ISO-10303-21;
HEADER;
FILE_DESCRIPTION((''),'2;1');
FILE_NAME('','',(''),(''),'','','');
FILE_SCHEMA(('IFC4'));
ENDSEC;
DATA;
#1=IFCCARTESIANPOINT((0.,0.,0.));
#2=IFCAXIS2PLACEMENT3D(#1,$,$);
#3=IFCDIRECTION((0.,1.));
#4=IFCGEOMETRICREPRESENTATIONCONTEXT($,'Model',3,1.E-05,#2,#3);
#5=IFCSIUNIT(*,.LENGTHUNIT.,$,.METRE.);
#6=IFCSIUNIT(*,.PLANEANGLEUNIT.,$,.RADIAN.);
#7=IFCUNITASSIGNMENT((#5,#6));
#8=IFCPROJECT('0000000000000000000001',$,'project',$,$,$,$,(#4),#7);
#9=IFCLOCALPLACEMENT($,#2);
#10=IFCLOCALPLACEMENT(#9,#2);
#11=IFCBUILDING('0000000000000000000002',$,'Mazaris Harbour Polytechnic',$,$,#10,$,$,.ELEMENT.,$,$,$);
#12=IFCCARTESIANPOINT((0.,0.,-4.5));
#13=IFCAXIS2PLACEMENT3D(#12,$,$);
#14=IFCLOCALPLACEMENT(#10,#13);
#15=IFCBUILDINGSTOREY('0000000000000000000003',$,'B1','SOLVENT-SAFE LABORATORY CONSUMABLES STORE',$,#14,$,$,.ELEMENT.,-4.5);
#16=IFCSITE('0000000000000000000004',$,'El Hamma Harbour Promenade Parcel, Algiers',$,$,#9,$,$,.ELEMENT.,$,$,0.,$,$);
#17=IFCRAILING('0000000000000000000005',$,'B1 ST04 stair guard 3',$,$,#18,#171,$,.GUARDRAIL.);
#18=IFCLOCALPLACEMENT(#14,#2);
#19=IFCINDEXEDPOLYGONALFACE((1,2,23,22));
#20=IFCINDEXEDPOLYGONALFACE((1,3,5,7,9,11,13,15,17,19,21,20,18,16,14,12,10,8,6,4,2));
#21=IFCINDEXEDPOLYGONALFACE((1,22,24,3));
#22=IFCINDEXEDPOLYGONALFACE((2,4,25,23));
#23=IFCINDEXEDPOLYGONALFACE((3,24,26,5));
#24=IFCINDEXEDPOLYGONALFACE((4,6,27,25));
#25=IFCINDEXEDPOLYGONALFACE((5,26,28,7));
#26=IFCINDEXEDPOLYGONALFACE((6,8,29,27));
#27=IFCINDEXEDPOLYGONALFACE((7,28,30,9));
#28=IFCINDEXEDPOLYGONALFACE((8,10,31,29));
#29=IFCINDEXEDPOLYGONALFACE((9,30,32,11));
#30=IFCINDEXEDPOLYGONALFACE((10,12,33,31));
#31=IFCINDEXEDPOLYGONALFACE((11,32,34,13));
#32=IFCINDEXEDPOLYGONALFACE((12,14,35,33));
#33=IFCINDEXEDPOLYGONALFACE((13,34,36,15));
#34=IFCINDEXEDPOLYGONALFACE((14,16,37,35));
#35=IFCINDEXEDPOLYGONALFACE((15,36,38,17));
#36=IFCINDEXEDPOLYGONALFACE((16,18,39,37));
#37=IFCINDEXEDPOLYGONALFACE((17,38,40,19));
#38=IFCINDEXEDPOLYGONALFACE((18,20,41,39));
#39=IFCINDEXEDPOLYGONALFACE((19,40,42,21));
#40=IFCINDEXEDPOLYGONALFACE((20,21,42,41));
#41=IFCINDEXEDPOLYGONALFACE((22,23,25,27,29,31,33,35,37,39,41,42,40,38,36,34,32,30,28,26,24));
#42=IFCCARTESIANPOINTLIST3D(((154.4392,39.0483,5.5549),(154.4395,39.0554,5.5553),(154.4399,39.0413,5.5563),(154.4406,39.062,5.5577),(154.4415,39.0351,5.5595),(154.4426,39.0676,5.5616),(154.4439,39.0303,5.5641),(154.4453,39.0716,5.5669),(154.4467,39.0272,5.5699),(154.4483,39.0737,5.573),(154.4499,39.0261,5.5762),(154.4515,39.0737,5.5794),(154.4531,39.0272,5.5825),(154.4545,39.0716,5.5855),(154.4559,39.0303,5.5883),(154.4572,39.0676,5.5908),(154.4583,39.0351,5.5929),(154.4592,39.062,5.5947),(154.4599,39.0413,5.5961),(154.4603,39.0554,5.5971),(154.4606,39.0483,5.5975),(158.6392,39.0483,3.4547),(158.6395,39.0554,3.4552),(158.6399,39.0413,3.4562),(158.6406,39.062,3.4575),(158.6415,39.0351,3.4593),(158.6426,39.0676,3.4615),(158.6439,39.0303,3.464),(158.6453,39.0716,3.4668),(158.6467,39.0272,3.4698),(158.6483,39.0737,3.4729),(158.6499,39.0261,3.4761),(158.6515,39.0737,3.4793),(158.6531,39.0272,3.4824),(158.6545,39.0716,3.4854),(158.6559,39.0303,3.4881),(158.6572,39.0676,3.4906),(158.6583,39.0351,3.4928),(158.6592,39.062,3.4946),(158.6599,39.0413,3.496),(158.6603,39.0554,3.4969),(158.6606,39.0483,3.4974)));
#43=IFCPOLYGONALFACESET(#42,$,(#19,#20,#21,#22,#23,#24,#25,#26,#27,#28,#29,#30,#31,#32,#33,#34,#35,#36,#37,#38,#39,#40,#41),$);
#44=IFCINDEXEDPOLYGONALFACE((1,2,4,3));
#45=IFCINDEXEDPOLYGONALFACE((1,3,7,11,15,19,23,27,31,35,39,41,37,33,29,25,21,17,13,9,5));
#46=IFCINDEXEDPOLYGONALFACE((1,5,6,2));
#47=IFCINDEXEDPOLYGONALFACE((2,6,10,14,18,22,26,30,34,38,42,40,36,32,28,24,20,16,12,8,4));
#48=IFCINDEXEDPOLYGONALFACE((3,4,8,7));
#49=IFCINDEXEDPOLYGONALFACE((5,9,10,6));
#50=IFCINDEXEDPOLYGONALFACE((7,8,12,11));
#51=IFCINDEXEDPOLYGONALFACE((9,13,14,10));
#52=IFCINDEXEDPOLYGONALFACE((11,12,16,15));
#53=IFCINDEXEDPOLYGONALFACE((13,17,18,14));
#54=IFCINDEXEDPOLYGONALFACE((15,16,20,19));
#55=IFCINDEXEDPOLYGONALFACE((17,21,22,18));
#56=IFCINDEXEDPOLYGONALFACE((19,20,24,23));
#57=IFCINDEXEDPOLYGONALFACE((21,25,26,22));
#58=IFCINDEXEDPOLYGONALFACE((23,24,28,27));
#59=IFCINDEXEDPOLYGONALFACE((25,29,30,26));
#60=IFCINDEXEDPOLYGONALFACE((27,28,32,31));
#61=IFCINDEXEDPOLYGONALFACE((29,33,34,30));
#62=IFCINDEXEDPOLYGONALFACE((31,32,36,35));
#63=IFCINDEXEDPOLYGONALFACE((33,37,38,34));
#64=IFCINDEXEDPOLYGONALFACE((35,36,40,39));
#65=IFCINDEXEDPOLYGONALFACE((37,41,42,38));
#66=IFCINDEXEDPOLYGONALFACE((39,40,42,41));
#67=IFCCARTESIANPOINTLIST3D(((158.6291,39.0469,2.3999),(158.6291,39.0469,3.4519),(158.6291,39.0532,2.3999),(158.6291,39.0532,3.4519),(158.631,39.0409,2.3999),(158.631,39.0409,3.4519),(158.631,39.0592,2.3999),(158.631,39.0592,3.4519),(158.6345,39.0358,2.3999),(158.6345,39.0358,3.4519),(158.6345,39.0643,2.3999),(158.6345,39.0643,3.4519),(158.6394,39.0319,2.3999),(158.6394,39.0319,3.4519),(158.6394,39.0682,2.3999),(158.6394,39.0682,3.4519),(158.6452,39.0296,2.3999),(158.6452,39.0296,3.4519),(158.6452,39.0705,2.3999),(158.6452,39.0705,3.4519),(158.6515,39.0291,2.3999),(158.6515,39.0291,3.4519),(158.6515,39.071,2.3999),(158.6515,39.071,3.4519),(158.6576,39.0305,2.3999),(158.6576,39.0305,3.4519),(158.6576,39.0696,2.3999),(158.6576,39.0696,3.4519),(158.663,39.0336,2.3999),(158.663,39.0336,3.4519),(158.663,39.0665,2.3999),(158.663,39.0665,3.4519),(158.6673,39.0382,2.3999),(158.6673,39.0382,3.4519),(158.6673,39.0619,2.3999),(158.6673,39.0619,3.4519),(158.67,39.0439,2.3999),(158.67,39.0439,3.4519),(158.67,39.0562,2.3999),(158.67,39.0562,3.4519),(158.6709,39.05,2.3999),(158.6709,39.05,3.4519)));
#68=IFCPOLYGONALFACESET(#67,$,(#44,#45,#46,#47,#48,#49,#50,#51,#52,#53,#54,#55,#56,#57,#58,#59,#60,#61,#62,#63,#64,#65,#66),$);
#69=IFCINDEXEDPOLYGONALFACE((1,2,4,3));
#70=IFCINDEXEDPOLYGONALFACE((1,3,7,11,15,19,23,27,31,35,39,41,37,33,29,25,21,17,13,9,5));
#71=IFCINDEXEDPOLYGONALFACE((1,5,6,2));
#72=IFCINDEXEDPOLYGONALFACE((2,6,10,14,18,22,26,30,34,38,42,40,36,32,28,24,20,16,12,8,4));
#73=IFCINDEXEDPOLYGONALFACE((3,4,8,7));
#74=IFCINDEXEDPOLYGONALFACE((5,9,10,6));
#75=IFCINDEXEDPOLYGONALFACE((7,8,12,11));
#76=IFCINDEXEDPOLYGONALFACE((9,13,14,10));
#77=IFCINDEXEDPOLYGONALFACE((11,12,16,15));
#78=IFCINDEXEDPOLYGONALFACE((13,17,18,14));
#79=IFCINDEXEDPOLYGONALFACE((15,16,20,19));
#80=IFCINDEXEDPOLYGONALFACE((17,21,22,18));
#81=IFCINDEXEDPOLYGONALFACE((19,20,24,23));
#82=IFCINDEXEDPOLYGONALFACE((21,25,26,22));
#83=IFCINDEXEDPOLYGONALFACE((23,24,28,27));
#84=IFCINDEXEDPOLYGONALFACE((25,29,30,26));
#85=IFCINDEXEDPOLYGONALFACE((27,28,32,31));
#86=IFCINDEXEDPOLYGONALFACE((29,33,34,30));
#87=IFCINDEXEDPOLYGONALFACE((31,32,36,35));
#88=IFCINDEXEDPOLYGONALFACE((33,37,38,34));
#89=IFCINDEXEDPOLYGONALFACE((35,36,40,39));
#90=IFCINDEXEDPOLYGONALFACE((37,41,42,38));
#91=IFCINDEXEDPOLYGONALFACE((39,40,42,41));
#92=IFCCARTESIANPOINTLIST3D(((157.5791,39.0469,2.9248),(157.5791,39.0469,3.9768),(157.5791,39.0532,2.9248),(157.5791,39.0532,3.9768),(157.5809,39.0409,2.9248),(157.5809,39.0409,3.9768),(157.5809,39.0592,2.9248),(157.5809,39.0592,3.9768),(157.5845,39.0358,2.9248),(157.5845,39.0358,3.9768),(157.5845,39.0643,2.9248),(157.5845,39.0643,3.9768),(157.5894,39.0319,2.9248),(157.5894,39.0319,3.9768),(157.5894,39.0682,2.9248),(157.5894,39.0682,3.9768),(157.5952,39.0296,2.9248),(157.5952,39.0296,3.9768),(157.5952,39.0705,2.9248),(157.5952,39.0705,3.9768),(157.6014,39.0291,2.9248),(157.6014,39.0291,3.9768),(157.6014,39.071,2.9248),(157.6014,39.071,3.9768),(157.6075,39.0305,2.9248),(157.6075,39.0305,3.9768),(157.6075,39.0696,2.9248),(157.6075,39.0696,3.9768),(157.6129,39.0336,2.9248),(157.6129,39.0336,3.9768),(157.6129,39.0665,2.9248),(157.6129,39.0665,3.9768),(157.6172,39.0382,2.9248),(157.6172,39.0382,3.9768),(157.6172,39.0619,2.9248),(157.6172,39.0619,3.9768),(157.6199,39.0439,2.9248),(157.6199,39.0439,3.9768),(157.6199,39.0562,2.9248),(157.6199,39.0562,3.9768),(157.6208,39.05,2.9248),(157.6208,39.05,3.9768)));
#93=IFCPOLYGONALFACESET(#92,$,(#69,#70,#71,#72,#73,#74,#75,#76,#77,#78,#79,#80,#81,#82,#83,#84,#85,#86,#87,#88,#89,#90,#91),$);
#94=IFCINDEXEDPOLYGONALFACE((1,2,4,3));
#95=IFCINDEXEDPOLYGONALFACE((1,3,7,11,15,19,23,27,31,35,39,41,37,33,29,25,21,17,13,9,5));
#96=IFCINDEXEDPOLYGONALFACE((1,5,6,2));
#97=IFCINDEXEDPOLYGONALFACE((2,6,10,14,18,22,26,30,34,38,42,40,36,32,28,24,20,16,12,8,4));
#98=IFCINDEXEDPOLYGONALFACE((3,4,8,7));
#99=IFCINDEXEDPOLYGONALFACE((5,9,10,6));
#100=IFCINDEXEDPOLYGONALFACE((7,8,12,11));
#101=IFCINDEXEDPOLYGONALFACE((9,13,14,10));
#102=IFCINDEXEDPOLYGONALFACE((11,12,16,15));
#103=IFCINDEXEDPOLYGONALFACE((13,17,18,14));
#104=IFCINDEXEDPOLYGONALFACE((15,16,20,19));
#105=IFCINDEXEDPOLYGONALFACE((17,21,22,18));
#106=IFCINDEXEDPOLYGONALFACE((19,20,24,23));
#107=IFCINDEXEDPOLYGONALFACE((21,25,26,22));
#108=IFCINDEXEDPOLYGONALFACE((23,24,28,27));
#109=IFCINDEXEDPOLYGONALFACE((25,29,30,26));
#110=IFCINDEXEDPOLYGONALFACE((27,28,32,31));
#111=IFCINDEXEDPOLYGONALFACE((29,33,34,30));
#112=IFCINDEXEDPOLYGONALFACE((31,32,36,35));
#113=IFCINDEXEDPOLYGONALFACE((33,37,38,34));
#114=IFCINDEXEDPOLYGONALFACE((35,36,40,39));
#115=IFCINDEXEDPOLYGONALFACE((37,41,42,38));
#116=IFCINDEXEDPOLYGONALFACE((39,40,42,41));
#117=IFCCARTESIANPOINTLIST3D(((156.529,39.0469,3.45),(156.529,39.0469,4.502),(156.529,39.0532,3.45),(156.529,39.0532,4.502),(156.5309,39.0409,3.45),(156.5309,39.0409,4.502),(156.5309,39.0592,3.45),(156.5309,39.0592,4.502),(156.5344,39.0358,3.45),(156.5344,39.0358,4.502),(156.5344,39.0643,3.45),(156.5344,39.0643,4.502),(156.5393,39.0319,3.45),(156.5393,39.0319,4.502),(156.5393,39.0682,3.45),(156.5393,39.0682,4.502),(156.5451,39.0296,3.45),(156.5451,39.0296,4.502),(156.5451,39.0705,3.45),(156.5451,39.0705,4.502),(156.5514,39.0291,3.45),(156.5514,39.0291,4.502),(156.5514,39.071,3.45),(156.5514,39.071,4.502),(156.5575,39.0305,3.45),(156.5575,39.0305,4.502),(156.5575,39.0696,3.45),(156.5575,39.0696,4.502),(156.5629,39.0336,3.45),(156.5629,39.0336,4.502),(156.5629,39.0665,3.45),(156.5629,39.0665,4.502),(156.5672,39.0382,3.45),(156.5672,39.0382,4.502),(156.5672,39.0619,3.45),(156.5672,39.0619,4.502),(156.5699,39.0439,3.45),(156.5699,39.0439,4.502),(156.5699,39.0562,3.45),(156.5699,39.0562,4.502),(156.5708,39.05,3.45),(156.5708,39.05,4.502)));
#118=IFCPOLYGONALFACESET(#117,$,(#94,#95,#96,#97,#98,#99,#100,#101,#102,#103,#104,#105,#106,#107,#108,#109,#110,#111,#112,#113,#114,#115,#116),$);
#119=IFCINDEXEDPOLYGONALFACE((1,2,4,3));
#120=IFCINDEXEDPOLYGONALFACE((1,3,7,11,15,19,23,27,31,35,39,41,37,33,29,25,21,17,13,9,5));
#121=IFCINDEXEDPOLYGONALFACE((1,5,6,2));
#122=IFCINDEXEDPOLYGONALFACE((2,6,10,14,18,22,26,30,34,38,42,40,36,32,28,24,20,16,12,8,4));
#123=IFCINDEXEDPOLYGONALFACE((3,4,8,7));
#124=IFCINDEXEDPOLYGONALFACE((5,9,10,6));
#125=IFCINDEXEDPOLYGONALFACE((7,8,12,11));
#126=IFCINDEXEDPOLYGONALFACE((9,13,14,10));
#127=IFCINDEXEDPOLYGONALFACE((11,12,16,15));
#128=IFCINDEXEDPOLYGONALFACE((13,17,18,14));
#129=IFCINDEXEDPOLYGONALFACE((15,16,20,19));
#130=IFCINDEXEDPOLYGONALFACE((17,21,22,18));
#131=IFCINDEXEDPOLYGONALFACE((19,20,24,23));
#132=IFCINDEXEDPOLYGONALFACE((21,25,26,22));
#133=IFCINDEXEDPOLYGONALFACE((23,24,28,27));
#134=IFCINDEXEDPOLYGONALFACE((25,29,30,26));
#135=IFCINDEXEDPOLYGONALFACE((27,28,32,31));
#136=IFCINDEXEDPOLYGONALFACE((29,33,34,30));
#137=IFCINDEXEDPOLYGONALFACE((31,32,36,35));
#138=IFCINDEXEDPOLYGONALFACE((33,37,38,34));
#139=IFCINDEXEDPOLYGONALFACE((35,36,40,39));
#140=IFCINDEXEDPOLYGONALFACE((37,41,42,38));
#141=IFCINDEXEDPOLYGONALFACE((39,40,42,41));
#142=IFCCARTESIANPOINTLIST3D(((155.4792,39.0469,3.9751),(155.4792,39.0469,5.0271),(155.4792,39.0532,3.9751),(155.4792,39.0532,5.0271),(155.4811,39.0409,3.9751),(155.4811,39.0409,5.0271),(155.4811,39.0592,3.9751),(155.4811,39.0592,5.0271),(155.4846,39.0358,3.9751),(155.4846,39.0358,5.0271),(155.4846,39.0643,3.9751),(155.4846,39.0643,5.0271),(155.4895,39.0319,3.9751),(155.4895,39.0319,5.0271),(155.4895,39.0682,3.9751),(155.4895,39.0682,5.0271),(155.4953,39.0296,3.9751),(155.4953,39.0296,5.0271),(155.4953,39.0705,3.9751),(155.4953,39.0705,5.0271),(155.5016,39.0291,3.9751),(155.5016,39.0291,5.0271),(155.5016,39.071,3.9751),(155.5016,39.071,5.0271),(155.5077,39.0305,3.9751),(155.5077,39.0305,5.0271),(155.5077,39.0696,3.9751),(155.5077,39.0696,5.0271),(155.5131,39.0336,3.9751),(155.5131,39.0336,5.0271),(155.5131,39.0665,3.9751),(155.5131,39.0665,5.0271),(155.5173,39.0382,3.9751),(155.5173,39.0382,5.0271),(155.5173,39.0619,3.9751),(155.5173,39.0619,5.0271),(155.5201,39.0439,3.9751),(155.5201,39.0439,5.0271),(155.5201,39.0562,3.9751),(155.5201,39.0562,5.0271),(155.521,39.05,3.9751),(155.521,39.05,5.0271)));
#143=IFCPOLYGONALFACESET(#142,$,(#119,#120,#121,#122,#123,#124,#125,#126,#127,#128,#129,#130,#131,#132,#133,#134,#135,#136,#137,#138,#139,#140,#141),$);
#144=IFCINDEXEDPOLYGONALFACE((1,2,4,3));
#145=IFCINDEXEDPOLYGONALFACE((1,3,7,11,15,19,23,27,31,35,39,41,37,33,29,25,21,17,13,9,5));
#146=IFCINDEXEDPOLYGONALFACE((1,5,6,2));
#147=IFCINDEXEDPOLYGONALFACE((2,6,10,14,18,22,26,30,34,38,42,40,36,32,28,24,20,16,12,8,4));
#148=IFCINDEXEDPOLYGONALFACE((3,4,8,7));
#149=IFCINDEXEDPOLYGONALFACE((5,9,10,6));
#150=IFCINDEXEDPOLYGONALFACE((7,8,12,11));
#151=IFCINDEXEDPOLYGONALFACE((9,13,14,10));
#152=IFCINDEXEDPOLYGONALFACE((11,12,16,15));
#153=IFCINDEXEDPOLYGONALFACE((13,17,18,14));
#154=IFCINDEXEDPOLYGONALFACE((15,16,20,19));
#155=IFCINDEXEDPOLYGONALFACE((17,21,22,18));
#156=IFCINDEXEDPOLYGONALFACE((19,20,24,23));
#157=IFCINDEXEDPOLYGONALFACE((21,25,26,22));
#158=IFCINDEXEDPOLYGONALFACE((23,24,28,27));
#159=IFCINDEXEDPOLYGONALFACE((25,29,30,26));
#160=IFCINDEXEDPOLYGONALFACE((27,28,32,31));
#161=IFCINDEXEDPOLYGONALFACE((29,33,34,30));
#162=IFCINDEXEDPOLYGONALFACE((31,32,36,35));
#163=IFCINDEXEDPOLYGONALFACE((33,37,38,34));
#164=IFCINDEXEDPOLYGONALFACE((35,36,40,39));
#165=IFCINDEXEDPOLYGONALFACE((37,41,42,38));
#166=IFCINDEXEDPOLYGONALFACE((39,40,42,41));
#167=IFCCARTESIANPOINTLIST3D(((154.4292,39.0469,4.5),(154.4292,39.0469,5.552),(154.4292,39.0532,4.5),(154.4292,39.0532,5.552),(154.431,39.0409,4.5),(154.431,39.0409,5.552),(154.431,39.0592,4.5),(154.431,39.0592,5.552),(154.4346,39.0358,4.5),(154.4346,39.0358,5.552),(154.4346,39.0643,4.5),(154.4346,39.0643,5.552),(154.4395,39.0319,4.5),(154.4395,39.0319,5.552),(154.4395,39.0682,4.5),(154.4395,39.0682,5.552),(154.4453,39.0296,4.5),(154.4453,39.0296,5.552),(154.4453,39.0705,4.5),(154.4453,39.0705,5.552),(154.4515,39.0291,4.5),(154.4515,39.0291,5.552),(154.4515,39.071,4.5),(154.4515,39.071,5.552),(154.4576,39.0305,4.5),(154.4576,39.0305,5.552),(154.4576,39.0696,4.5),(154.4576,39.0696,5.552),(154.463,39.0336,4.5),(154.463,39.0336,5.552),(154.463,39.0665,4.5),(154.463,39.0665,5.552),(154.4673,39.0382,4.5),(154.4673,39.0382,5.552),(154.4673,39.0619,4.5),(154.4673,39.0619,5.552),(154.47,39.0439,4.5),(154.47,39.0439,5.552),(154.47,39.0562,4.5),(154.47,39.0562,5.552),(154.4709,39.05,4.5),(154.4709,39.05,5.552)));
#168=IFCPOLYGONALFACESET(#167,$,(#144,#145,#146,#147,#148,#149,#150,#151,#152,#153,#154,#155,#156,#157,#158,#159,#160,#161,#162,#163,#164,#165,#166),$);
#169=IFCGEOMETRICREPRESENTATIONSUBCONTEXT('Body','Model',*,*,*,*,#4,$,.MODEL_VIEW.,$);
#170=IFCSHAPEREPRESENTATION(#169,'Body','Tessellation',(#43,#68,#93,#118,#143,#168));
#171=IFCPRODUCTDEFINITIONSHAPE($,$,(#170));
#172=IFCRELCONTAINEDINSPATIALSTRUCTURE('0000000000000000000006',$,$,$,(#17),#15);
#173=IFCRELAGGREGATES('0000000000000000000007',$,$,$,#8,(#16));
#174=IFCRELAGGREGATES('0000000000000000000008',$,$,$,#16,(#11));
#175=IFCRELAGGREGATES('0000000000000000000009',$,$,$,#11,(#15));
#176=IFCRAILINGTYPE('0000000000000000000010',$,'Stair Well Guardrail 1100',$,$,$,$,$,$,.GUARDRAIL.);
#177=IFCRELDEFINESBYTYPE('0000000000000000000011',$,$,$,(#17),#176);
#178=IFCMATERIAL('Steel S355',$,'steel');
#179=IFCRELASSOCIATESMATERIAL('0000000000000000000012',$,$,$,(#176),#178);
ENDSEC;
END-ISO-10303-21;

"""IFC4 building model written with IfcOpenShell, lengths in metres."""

from ifc_helpers import new_model, si_unit, direction, frame, origin, origin_2d, place, context, subcontext, project, spatial, circle, extrude, material, type_object, element, save


model = new_model("IFC4")

# Units and contexts
model_context = context("Model", 3, precision=1e-05, world=origin(), true_north=direction((0.0, 1.0)))
body_context = subcontext(model_context, "Body", "Model", "MODEL_VIEW")
ifc_project = project(units=[si_unit("LENGTHUNIT", "METRE"), si_unit("PLANEANGLEUNIT", "RADIAN")], contexts=[model_context])

# Site, building, storey
site_placement = place(None, origin())
site = spatial("IfcSite", under=ifc_project, at=site_placement, Name="El Hamma Harbour Promenade Parcel, Algiers", CompositionType="ELEMENT", RefElevation=0.0)
building_placement = place(site_placement, origin())
building = spatial("IfcBuilding", under=site, at=building_placement, Name="Mazaris Harbour Polytechnic", CompositionType="ELEMENT")
storey_placement = place(building_placement, frame((0.0, 0.0, -4.5)))
storey = spatial("IfcBuildingStorey", under=building, at=storey_placement, Name="B1", Description="SOLVENT-SAFE LABORATORY CONSUMABLES STORE", CompositionType="ELEMENT", Elevation=-4.5)

# Railing
ifc_material_1 = material(Name="Steel S355", Category="steel")
railing_type_1 = type_object("IfcRailingType", Name="Stair Well Guardrail 1100", PredefinedType="GUARDRAIL", material=ifc_material_1)
railing_1_placement = place(storey_placement, frame((158.6499, 39.05, 2.3999)))
element("IfcRailing", 1, at=railing_1_placement, inside=storey, type_object=railing_type_1, Name="B1 ST04 stair guard 3", PredefinedType="GUARDRAIL", context=body_context, shape_type="SweptSolid", body=[
    extrude(circle(Radius=0.0239, at=origin_2d()), frame((0.0, 0.0, 1.0762), z_axis=(-0.894417, 0.0, 0.447234), x_axis=(0.0, -1.0, 0.0)), (0.0, 0.0, 1.0), 4.6958),
    extrude(circle(Radius=0.021, at=origin_2d()), origin(), (0.0, 0.0, 1.0), 1.052),
    extrude(circle(Radius=0.021, at=origin_2d()), frame((-1.05, 0.0, 0.5249)), (0.0, 0.0, 1.0), 1.052),
    extrude(circle(Radius=0.021, at=origin_2d()), frame((-2.1001, 0.0, 1.05)), (0.0, 0.0, 1.0), 1.052),
    extrude(circle(Radius=0.021, at=origin_2d()), frame((-3.1499, 0.0, 1.5752)), (0.0, 0.0, 1.0), 1.052),
    extrude(circle(Radius=0.021, at=origin_2d()), frame((-4.2, 0.0, 2.1001)), (0.0, 0.0, 1.0), 1.052),
])

save(model, "model.ifc")
